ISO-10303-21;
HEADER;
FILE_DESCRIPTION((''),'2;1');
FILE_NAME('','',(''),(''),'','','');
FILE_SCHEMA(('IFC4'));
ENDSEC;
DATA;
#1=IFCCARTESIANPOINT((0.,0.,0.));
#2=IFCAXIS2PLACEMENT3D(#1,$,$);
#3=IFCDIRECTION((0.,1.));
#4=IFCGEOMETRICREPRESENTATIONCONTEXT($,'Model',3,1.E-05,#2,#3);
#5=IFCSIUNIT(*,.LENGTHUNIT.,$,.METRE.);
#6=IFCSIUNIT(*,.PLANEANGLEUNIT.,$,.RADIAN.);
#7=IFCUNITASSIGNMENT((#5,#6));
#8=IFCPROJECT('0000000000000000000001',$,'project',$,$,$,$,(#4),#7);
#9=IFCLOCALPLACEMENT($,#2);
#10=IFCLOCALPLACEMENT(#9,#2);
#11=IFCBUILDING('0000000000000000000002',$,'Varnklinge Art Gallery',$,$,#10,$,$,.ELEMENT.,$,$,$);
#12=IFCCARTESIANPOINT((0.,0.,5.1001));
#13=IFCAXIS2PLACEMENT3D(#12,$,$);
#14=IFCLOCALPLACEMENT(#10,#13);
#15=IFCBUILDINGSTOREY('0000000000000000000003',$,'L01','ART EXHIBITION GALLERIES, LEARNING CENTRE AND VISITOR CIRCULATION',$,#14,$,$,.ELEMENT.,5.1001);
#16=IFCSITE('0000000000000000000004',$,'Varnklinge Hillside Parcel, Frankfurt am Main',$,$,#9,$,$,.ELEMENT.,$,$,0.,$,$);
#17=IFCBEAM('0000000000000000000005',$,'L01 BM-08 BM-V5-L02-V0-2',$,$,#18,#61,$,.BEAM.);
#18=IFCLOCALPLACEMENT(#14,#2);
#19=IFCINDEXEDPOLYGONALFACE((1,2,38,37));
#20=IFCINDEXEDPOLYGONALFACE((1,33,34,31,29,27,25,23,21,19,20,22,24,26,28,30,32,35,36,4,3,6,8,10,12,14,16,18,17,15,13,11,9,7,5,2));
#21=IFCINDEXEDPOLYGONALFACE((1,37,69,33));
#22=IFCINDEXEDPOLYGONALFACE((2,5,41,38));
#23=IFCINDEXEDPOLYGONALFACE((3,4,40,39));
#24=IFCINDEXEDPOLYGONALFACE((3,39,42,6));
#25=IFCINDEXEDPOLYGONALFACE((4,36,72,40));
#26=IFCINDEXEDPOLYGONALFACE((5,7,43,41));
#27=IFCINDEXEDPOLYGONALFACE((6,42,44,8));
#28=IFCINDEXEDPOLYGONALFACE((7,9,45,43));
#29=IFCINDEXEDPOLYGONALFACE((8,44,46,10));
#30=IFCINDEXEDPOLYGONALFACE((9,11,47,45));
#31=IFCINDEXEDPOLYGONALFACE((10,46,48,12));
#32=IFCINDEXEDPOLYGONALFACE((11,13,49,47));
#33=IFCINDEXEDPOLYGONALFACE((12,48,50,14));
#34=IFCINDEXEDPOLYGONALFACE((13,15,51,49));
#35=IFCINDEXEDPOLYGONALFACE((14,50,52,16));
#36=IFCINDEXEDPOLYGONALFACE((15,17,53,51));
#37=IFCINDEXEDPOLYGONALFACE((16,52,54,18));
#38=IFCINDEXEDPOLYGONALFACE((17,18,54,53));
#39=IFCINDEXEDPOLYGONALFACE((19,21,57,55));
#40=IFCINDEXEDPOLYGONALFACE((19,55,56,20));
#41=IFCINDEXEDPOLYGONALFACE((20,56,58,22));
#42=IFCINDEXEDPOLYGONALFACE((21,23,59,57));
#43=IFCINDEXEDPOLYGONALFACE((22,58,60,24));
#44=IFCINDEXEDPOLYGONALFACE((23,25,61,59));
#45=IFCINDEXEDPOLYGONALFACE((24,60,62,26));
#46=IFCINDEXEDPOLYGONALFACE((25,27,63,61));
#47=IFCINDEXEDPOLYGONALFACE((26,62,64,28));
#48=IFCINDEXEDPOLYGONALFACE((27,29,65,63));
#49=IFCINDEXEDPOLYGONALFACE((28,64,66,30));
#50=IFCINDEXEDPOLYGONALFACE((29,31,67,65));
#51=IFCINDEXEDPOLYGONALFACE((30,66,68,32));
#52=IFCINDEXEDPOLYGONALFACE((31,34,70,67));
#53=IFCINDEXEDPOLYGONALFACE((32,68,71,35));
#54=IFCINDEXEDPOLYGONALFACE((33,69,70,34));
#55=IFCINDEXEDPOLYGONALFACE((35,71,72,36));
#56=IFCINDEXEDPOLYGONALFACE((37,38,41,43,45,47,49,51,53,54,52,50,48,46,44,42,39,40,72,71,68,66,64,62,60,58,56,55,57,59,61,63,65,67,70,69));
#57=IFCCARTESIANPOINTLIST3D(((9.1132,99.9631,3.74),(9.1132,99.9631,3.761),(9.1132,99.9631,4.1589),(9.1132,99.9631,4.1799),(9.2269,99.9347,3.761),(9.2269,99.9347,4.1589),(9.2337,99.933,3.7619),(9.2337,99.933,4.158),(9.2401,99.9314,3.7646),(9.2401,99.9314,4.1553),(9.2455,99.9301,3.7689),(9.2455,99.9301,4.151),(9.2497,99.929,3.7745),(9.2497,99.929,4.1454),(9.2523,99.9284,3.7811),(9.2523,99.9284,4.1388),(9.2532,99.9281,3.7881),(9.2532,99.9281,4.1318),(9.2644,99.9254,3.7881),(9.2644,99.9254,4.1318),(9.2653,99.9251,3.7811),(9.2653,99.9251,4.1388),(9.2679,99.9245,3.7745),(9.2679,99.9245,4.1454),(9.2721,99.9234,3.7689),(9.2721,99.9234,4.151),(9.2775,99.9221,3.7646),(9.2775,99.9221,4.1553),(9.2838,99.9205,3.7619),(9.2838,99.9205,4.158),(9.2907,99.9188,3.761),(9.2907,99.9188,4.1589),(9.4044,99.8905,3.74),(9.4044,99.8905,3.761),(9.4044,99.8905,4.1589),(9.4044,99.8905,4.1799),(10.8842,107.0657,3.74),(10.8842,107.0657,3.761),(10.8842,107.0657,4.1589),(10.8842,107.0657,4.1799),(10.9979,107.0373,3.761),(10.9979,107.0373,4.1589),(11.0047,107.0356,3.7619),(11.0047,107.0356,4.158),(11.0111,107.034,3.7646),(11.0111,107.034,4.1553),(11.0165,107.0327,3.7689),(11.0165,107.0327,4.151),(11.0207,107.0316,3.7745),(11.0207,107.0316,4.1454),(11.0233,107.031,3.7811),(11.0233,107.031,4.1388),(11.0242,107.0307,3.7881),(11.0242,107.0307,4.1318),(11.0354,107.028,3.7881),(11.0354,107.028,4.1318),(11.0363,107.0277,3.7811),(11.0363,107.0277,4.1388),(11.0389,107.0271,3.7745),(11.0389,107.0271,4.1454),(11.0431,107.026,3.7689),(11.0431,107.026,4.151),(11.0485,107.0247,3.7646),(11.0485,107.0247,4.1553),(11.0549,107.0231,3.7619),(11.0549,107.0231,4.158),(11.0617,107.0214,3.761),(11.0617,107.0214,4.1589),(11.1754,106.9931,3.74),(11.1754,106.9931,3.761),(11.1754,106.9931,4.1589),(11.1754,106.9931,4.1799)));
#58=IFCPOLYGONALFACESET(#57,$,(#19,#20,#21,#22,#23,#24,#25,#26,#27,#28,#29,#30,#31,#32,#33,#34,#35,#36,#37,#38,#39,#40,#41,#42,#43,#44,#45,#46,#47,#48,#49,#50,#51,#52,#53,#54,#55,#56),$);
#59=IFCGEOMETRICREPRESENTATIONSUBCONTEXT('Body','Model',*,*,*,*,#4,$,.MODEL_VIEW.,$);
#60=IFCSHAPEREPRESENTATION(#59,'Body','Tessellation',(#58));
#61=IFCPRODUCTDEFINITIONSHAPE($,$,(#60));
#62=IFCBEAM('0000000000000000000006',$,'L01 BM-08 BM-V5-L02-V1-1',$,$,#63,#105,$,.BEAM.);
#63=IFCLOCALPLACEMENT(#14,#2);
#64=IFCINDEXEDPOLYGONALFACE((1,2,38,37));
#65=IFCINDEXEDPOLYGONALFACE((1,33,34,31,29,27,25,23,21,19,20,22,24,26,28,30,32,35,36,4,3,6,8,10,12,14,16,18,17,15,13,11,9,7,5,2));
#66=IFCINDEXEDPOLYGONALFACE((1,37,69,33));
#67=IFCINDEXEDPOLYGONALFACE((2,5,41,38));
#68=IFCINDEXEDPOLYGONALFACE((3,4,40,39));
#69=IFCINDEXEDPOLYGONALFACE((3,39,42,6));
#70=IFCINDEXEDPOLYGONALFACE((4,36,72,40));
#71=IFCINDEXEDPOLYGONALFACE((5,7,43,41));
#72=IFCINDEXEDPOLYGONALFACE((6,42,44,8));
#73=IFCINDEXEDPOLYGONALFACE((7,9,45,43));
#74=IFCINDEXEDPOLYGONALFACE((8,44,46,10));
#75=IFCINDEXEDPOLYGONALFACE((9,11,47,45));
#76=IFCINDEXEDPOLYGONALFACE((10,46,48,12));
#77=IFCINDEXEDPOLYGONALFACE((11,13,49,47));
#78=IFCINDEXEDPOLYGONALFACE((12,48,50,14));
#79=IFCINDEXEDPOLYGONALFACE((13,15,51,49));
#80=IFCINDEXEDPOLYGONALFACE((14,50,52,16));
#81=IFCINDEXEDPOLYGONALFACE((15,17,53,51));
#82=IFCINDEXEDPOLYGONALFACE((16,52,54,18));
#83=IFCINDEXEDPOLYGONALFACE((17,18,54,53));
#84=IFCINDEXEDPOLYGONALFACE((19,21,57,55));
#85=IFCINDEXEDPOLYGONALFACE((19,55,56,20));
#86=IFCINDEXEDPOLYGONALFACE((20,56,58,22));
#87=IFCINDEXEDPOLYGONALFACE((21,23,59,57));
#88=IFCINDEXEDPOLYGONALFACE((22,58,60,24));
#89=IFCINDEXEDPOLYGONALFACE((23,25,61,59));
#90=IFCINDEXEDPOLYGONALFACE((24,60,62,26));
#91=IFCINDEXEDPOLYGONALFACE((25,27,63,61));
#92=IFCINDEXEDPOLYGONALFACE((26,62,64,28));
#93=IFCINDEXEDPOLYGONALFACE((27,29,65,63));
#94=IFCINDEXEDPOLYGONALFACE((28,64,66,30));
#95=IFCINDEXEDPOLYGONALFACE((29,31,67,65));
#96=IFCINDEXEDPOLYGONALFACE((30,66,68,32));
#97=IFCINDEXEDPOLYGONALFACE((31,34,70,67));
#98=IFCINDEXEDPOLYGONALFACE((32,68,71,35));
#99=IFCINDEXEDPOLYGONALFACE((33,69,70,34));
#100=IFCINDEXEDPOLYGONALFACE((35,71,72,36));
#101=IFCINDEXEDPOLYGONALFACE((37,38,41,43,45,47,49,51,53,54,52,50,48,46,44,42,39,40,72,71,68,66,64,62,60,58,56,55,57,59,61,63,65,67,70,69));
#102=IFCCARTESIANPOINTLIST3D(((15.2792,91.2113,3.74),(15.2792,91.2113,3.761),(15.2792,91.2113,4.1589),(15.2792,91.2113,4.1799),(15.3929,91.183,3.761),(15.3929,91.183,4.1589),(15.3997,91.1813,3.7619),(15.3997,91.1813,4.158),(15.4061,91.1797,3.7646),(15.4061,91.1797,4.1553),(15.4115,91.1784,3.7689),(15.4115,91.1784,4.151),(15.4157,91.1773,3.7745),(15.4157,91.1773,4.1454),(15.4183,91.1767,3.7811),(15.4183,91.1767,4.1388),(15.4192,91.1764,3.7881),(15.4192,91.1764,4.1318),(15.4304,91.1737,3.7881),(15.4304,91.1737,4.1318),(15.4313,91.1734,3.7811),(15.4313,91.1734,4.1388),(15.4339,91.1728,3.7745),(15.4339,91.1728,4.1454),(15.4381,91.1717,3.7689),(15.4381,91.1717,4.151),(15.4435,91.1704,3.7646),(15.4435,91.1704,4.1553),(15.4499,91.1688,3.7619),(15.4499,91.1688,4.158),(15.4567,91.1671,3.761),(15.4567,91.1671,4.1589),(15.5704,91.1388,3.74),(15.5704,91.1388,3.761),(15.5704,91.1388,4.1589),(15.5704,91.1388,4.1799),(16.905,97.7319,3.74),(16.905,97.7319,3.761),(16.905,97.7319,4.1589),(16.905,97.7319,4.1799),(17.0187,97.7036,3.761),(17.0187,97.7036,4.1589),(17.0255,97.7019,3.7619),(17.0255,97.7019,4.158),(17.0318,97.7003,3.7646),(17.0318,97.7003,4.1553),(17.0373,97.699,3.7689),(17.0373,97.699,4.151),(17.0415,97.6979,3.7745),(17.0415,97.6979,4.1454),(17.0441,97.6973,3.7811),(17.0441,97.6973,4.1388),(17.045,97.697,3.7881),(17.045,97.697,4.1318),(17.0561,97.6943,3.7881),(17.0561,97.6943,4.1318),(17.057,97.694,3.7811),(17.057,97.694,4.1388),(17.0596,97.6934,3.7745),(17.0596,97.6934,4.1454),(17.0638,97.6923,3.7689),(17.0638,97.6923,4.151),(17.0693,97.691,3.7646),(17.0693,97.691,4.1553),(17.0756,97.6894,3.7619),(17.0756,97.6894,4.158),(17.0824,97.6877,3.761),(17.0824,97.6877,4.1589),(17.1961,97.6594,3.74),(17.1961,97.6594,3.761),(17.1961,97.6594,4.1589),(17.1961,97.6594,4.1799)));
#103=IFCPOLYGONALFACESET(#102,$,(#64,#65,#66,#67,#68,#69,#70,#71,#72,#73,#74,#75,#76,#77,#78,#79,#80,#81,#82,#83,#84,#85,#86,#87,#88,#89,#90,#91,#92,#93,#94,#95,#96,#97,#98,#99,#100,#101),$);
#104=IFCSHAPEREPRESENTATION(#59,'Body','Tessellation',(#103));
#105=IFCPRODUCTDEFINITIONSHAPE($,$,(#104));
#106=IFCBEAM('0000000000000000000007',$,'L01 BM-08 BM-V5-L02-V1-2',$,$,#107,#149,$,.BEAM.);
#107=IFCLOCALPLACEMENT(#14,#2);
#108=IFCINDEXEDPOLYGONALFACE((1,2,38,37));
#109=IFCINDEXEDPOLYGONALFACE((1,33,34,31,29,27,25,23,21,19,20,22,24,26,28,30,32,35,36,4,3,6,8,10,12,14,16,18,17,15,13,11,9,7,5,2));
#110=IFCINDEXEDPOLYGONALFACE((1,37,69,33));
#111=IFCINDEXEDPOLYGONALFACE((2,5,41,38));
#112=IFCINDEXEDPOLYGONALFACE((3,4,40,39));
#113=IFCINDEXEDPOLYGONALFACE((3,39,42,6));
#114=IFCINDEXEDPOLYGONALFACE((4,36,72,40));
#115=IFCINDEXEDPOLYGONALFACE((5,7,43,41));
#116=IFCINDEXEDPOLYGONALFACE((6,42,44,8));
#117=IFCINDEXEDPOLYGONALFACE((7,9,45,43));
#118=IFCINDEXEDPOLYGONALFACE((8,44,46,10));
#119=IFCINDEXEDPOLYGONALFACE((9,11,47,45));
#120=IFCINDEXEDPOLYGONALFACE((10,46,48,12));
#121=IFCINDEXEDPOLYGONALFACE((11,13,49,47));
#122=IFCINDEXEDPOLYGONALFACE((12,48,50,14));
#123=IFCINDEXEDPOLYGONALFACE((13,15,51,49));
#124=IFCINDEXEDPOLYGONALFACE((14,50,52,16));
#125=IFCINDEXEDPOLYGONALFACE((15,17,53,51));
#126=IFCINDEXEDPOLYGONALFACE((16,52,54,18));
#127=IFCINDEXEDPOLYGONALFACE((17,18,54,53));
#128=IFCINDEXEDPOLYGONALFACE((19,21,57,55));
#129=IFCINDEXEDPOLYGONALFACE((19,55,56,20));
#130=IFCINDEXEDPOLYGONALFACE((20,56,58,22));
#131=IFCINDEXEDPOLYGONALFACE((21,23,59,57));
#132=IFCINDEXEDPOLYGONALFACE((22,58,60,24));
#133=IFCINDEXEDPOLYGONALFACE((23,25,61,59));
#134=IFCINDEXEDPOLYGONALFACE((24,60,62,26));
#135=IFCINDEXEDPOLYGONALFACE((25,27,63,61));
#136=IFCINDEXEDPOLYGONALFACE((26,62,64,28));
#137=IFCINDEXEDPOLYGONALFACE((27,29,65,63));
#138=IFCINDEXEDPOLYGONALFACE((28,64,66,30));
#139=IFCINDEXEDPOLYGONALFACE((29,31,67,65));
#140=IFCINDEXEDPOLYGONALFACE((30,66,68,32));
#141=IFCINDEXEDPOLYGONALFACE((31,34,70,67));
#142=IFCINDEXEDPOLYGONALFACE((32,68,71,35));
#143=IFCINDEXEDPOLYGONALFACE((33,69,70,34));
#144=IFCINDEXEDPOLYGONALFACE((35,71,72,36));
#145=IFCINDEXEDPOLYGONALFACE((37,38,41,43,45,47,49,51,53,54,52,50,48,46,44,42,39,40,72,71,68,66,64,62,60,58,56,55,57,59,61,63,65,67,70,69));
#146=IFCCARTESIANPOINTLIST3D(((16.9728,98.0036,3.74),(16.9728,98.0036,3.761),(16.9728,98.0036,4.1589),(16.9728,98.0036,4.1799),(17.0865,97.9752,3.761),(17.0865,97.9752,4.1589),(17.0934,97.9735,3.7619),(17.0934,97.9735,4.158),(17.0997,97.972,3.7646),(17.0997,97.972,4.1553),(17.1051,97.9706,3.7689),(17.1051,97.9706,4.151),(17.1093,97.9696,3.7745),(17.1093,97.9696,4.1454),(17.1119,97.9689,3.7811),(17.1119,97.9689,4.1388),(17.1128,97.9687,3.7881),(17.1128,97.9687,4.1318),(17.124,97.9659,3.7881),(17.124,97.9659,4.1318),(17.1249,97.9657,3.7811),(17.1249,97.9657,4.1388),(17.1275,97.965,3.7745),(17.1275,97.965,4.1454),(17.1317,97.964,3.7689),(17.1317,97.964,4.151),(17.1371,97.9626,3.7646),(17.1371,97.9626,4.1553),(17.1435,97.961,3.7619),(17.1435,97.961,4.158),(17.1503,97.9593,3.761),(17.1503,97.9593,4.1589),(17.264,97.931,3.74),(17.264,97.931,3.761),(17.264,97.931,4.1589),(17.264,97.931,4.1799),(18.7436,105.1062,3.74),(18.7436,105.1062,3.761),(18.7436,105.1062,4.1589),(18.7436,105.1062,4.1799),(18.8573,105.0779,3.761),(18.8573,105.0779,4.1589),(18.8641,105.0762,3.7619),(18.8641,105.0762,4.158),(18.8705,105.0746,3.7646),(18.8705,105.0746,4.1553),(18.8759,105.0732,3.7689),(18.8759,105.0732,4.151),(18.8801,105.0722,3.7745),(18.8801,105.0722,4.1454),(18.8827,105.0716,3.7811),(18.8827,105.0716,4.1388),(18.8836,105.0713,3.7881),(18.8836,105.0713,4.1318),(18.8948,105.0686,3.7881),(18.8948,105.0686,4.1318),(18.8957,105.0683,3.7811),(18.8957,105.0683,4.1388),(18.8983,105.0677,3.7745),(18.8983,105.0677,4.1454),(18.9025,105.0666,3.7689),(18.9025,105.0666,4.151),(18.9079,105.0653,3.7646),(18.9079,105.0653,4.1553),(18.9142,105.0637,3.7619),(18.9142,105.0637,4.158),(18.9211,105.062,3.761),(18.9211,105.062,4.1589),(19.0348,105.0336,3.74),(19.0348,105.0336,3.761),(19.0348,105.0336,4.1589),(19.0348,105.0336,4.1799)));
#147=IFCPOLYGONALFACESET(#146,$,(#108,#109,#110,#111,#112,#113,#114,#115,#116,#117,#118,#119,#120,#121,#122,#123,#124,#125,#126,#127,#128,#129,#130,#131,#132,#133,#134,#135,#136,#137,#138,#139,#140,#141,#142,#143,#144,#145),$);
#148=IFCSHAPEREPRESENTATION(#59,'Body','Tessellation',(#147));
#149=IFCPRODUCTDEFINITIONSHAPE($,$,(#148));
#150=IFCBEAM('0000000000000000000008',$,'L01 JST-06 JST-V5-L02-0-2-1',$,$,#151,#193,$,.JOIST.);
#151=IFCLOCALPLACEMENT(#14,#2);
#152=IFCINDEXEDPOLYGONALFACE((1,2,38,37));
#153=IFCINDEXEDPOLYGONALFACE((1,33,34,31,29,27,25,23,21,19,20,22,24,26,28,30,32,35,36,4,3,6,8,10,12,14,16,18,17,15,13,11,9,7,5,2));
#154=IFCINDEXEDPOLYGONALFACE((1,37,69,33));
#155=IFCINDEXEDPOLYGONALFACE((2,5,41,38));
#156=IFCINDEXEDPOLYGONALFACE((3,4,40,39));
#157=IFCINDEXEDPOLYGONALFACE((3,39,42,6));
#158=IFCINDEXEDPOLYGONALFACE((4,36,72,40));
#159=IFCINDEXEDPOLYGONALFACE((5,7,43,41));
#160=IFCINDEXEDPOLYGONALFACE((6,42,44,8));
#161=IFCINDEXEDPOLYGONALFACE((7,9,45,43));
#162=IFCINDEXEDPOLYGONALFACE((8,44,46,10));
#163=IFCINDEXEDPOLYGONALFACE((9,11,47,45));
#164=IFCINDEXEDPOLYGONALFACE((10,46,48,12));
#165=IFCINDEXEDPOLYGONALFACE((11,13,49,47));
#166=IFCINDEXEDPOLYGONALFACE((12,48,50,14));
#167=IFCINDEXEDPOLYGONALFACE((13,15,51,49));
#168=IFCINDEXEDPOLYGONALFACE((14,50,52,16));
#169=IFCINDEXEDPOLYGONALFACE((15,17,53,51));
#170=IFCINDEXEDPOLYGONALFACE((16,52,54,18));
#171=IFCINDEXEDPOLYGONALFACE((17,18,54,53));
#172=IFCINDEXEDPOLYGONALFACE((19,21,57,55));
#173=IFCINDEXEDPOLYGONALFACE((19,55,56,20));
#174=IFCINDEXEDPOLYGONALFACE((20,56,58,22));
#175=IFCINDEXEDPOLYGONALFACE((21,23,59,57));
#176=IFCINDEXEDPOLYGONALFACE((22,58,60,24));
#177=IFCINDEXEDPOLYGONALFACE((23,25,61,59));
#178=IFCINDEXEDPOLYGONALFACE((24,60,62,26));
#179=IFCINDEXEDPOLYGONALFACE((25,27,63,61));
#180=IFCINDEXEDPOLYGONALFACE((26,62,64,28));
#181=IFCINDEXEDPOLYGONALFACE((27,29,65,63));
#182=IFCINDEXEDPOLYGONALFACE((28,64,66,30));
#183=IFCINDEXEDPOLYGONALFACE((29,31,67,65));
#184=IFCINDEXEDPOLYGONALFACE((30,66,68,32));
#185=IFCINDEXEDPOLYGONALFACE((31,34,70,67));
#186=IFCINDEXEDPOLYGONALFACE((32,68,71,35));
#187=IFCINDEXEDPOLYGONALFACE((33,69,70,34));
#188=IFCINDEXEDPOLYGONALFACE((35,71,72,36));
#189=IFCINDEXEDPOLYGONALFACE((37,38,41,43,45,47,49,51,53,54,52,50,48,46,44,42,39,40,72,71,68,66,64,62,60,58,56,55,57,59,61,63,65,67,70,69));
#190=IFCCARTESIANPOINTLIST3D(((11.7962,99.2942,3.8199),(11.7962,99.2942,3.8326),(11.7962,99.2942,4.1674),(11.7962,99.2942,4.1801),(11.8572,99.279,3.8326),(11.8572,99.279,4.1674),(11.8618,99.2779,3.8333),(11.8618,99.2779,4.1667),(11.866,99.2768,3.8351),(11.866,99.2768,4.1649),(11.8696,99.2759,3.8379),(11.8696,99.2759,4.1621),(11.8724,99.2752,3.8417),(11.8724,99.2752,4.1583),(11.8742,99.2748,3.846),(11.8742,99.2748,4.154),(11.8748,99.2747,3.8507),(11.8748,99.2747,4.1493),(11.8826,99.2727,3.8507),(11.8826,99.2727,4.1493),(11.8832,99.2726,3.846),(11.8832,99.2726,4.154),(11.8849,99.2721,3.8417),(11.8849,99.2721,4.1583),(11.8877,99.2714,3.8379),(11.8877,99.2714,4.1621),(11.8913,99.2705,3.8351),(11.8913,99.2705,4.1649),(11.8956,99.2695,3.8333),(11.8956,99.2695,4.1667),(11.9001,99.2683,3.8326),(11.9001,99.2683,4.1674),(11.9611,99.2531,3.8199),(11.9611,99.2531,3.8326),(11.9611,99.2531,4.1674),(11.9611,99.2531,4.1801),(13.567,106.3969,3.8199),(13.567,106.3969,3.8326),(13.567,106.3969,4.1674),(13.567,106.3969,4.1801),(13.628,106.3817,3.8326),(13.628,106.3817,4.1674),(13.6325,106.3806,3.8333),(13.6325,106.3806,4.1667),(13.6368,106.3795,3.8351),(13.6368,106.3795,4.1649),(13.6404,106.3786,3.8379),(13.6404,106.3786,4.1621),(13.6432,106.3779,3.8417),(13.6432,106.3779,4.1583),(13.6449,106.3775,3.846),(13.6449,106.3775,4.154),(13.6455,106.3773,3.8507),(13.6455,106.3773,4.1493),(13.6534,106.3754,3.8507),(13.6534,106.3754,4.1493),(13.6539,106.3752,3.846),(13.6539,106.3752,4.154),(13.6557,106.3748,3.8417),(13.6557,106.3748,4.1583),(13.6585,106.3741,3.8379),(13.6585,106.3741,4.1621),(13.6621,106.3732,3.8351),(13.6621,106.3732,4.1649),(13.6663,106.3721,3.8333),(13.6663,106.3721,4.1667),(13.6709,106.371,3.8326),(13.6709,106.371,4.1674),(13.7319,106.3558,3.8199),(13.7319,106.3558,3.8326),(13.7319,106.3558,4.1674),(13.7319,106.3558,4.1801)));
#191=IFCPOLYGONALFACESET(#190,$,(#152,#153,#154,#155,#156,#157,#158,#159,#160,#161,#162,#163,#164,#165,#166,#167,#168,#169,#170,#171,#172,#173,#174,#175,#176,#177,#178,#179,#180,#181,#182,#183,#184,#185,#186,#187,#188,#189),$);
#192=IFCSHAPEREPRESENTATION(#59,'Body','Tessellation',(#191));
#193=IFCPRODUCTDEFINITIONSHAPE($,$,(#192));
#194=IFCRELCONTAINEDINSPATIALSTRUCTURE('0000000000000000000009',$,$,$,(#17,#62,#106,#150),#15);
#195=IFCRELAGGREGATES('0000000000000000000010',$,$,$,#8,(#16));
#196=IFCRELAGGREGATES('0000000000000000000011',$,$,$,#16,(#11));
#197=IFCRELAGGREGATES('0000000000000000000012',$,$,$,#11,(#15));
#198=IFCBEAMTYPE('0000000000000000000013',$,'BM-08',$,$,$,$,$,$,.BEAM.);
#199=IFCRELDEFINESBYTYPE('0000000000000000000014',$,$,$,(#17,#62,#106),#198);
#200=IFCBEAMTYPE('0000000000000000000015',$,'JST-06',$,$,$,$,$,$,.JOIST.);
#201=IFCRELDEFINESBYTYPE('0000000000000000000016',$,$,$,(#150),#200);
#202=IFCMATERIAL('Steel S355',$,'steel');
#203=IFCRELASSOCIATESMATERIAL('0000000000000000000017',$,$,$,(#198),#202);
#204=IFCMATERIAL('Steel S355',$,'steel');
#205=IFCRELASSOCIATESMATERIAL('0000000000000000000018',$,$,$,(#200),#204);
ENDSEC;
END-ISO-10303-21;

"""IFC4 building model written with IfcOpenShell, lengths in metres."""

from ifc_helpers import new_model, si_unit, direction, frame, origin, origin_2d, place, context, subcontext, project, spatial, i_section, extrude, material, material_profile, profile_set, type_object, element, save


model = new_model("IFC4")

# Units and contexts
model_context = context("Model", 3, precision=1e-05, world=origin(), true_north=direction((0.0, 1.0)))
body_context = subcontext(model_context, "Body", "Model", "MODEL_VIEW")
ifc_project = project(units=[si_unit("LENGTHUNIT", "METRE"), si_unit("PLANEANGLEUNIT", "RADIAN")], contexts=[model_context])

# Site, building, storey
site_placement = place(None, origin())
site = spatial("IfcSite", under=ifc_project, at=site_placement, Name="Varnklinge Hillside Parcel, Frankfurt am Main", CompositionType="ELEMENT", RefElevation=0.0)
building_placement = place(site_placement, origin())
building = spatial("IfcBuilding", under=site, at=building_placement, Name="Varnklinge Art Gallery", CompositionType="ELEMENT")
storey_placement = place(building_placement, frame((0.0, 0.0, 5.1001)))
storey = spatial("IfcBuildingStorey", under=building, at=storey_placement, Name="L01", Description="ART EXHIBITION GALLERIES, LEARNING CENTRE AND VISITOR CIRCULATION", CompositionType="ELEMENT", Elevation=5.1001)

# Beams
ifc_material_1 = material(Name="Steel S355", Category="steel")
ifc_material_profile_1 = material_profile(ifc_material_1, i_section(OverallWidth=0.3, OverallDepth=0.4399, WebThickness=0.0115, FlangeThickness=0.021, FilletRadius=0.0271, at=origin_2d()), Name="HEA 450")
ifc_profile_set_1 = profile_set([ifc_material_profile_1], Name="Steel S355")
beam_type_1 = type_object("IfcBeamType", Name="BM-08", PredefinedType="BEAM", material=ifc_profile_set_1)
beam_1_placement = place(storey_placement, frame((9.2588, 99.9268, 3.96), z_axis=(0.241939, 0.970291, 0.0), x_axis=(-0.970291, 0.241939, 0.0)))
element("IfcBeam", 1, at=beam_1_placement, inside=storey, type_object=beam_type_1, Name="L01 BM-08 BM-V5-L02-V0-2", PredefinedType="BEAM", context=body_context, shape_type="SweptSolid", body=[
    extrude(i_section(OverallWidth=0.3, OverallDepth=0.4399, WebThickness=0.0115, FlangeThickness=0.021, FilletRadius=0.0271, at=origin_2d()), origin(), (0.0, 0.0, 1.0), 7.3201),
])
beam_2_placement = place(storey_placement, frame((15.4248, 91.175, 3.96), z_axis=(0.24192, 0.970296, 0.0), x_axis=(-0.970296, 0.24192, 0.0)))
element("IfcBeam", 2, at=beam_2_placement, inside=storey, type_object=beam_type_1, Name="L01 BM-08 BM-V5-L02-V1-1", PredefinedType="BEAM", context=body_context, shape_type="SweptSolid", body=[
    extrude(i_section(OverallWidth=0.3, OverallDepth=0.4399, WebThickness=0.0115, FlangeThickness=0.021, FilletRadius=0.0271, at=origin_2d()), origin(), (0.0, 0.0, 1.0), 6.7202),
])
beam_3_placement = place(storey_placement, frame((17.1184, 97.9673, 3.96), z_axis=(0.241908, 0.970299, 0.0), x_axis=(-0.970299, 0.241908, 0.0)))
element("IfcBeam", 3, at=beam_3_placement, inside=storey, type_object=beam_type_1, Name="L01 BM-08 BM-V5-L02-V1-2", PredefinedType="BEAM", context=body_context, shape_type="SweptSolid", body=[
    extrude(i_section(OverallWidth=0.3, OverallDepth=0.4399, WebThickness=0.0115, FlangeThickness=0.021, FilletRadius=0.0271, at=origin_2d()), origin(), (0.0, 0.0, 1.0), 7.3201),
])
ifc_material_2 = material(Name="Steel S355", Category="steel")
ifc_material_profile_2 = material_profile(ifc_material_2, i_section(OverallWidth=0.1699, OverallDepth=0.3601, WebThickness=0.0081, FlangeThickness=0.0127, FilletRadius=0.0181, at=origin_2d()), Name="IPE 360")
ifc_profile_set_2 = profile_set([ifc_material_profile_2], Name="Steel S355")
beam_type_2 = type_object("IfcBeamType", Name="JST-06", PredefinedType="JOIST", material=ifc_profile_set_2)
for number, where, z_axis, x_axis, name in (
    (4, (11.8787, 99.2737, 4.0), (0.241908, 0.970299, 0.0), (-0.970299, 0.241908, 0.0), "L01 JST-06 JST-V5-L02-0-2-1"),
):
    element("IfcBeam", number, at=place(storey_placement, frame(where, z_axis=z_axis, x_axis=x_axis)), inside=storey, type_object=beam_type_2, Name=name, PredefinedType="JOIST", context=body_context, shape_type="SweptSolid", body=[
        extrude(i_section(OverallWidth=0.1699, OverallDepth=0.3601, WebThickness=0.0081, FlangeThickness=0.0127, FilletRadius=0.0181, at=origin_2d()), origin(), (0.0, 0.0, 1.0), 7.3201),
    ])

save(model, "model.ifc")
